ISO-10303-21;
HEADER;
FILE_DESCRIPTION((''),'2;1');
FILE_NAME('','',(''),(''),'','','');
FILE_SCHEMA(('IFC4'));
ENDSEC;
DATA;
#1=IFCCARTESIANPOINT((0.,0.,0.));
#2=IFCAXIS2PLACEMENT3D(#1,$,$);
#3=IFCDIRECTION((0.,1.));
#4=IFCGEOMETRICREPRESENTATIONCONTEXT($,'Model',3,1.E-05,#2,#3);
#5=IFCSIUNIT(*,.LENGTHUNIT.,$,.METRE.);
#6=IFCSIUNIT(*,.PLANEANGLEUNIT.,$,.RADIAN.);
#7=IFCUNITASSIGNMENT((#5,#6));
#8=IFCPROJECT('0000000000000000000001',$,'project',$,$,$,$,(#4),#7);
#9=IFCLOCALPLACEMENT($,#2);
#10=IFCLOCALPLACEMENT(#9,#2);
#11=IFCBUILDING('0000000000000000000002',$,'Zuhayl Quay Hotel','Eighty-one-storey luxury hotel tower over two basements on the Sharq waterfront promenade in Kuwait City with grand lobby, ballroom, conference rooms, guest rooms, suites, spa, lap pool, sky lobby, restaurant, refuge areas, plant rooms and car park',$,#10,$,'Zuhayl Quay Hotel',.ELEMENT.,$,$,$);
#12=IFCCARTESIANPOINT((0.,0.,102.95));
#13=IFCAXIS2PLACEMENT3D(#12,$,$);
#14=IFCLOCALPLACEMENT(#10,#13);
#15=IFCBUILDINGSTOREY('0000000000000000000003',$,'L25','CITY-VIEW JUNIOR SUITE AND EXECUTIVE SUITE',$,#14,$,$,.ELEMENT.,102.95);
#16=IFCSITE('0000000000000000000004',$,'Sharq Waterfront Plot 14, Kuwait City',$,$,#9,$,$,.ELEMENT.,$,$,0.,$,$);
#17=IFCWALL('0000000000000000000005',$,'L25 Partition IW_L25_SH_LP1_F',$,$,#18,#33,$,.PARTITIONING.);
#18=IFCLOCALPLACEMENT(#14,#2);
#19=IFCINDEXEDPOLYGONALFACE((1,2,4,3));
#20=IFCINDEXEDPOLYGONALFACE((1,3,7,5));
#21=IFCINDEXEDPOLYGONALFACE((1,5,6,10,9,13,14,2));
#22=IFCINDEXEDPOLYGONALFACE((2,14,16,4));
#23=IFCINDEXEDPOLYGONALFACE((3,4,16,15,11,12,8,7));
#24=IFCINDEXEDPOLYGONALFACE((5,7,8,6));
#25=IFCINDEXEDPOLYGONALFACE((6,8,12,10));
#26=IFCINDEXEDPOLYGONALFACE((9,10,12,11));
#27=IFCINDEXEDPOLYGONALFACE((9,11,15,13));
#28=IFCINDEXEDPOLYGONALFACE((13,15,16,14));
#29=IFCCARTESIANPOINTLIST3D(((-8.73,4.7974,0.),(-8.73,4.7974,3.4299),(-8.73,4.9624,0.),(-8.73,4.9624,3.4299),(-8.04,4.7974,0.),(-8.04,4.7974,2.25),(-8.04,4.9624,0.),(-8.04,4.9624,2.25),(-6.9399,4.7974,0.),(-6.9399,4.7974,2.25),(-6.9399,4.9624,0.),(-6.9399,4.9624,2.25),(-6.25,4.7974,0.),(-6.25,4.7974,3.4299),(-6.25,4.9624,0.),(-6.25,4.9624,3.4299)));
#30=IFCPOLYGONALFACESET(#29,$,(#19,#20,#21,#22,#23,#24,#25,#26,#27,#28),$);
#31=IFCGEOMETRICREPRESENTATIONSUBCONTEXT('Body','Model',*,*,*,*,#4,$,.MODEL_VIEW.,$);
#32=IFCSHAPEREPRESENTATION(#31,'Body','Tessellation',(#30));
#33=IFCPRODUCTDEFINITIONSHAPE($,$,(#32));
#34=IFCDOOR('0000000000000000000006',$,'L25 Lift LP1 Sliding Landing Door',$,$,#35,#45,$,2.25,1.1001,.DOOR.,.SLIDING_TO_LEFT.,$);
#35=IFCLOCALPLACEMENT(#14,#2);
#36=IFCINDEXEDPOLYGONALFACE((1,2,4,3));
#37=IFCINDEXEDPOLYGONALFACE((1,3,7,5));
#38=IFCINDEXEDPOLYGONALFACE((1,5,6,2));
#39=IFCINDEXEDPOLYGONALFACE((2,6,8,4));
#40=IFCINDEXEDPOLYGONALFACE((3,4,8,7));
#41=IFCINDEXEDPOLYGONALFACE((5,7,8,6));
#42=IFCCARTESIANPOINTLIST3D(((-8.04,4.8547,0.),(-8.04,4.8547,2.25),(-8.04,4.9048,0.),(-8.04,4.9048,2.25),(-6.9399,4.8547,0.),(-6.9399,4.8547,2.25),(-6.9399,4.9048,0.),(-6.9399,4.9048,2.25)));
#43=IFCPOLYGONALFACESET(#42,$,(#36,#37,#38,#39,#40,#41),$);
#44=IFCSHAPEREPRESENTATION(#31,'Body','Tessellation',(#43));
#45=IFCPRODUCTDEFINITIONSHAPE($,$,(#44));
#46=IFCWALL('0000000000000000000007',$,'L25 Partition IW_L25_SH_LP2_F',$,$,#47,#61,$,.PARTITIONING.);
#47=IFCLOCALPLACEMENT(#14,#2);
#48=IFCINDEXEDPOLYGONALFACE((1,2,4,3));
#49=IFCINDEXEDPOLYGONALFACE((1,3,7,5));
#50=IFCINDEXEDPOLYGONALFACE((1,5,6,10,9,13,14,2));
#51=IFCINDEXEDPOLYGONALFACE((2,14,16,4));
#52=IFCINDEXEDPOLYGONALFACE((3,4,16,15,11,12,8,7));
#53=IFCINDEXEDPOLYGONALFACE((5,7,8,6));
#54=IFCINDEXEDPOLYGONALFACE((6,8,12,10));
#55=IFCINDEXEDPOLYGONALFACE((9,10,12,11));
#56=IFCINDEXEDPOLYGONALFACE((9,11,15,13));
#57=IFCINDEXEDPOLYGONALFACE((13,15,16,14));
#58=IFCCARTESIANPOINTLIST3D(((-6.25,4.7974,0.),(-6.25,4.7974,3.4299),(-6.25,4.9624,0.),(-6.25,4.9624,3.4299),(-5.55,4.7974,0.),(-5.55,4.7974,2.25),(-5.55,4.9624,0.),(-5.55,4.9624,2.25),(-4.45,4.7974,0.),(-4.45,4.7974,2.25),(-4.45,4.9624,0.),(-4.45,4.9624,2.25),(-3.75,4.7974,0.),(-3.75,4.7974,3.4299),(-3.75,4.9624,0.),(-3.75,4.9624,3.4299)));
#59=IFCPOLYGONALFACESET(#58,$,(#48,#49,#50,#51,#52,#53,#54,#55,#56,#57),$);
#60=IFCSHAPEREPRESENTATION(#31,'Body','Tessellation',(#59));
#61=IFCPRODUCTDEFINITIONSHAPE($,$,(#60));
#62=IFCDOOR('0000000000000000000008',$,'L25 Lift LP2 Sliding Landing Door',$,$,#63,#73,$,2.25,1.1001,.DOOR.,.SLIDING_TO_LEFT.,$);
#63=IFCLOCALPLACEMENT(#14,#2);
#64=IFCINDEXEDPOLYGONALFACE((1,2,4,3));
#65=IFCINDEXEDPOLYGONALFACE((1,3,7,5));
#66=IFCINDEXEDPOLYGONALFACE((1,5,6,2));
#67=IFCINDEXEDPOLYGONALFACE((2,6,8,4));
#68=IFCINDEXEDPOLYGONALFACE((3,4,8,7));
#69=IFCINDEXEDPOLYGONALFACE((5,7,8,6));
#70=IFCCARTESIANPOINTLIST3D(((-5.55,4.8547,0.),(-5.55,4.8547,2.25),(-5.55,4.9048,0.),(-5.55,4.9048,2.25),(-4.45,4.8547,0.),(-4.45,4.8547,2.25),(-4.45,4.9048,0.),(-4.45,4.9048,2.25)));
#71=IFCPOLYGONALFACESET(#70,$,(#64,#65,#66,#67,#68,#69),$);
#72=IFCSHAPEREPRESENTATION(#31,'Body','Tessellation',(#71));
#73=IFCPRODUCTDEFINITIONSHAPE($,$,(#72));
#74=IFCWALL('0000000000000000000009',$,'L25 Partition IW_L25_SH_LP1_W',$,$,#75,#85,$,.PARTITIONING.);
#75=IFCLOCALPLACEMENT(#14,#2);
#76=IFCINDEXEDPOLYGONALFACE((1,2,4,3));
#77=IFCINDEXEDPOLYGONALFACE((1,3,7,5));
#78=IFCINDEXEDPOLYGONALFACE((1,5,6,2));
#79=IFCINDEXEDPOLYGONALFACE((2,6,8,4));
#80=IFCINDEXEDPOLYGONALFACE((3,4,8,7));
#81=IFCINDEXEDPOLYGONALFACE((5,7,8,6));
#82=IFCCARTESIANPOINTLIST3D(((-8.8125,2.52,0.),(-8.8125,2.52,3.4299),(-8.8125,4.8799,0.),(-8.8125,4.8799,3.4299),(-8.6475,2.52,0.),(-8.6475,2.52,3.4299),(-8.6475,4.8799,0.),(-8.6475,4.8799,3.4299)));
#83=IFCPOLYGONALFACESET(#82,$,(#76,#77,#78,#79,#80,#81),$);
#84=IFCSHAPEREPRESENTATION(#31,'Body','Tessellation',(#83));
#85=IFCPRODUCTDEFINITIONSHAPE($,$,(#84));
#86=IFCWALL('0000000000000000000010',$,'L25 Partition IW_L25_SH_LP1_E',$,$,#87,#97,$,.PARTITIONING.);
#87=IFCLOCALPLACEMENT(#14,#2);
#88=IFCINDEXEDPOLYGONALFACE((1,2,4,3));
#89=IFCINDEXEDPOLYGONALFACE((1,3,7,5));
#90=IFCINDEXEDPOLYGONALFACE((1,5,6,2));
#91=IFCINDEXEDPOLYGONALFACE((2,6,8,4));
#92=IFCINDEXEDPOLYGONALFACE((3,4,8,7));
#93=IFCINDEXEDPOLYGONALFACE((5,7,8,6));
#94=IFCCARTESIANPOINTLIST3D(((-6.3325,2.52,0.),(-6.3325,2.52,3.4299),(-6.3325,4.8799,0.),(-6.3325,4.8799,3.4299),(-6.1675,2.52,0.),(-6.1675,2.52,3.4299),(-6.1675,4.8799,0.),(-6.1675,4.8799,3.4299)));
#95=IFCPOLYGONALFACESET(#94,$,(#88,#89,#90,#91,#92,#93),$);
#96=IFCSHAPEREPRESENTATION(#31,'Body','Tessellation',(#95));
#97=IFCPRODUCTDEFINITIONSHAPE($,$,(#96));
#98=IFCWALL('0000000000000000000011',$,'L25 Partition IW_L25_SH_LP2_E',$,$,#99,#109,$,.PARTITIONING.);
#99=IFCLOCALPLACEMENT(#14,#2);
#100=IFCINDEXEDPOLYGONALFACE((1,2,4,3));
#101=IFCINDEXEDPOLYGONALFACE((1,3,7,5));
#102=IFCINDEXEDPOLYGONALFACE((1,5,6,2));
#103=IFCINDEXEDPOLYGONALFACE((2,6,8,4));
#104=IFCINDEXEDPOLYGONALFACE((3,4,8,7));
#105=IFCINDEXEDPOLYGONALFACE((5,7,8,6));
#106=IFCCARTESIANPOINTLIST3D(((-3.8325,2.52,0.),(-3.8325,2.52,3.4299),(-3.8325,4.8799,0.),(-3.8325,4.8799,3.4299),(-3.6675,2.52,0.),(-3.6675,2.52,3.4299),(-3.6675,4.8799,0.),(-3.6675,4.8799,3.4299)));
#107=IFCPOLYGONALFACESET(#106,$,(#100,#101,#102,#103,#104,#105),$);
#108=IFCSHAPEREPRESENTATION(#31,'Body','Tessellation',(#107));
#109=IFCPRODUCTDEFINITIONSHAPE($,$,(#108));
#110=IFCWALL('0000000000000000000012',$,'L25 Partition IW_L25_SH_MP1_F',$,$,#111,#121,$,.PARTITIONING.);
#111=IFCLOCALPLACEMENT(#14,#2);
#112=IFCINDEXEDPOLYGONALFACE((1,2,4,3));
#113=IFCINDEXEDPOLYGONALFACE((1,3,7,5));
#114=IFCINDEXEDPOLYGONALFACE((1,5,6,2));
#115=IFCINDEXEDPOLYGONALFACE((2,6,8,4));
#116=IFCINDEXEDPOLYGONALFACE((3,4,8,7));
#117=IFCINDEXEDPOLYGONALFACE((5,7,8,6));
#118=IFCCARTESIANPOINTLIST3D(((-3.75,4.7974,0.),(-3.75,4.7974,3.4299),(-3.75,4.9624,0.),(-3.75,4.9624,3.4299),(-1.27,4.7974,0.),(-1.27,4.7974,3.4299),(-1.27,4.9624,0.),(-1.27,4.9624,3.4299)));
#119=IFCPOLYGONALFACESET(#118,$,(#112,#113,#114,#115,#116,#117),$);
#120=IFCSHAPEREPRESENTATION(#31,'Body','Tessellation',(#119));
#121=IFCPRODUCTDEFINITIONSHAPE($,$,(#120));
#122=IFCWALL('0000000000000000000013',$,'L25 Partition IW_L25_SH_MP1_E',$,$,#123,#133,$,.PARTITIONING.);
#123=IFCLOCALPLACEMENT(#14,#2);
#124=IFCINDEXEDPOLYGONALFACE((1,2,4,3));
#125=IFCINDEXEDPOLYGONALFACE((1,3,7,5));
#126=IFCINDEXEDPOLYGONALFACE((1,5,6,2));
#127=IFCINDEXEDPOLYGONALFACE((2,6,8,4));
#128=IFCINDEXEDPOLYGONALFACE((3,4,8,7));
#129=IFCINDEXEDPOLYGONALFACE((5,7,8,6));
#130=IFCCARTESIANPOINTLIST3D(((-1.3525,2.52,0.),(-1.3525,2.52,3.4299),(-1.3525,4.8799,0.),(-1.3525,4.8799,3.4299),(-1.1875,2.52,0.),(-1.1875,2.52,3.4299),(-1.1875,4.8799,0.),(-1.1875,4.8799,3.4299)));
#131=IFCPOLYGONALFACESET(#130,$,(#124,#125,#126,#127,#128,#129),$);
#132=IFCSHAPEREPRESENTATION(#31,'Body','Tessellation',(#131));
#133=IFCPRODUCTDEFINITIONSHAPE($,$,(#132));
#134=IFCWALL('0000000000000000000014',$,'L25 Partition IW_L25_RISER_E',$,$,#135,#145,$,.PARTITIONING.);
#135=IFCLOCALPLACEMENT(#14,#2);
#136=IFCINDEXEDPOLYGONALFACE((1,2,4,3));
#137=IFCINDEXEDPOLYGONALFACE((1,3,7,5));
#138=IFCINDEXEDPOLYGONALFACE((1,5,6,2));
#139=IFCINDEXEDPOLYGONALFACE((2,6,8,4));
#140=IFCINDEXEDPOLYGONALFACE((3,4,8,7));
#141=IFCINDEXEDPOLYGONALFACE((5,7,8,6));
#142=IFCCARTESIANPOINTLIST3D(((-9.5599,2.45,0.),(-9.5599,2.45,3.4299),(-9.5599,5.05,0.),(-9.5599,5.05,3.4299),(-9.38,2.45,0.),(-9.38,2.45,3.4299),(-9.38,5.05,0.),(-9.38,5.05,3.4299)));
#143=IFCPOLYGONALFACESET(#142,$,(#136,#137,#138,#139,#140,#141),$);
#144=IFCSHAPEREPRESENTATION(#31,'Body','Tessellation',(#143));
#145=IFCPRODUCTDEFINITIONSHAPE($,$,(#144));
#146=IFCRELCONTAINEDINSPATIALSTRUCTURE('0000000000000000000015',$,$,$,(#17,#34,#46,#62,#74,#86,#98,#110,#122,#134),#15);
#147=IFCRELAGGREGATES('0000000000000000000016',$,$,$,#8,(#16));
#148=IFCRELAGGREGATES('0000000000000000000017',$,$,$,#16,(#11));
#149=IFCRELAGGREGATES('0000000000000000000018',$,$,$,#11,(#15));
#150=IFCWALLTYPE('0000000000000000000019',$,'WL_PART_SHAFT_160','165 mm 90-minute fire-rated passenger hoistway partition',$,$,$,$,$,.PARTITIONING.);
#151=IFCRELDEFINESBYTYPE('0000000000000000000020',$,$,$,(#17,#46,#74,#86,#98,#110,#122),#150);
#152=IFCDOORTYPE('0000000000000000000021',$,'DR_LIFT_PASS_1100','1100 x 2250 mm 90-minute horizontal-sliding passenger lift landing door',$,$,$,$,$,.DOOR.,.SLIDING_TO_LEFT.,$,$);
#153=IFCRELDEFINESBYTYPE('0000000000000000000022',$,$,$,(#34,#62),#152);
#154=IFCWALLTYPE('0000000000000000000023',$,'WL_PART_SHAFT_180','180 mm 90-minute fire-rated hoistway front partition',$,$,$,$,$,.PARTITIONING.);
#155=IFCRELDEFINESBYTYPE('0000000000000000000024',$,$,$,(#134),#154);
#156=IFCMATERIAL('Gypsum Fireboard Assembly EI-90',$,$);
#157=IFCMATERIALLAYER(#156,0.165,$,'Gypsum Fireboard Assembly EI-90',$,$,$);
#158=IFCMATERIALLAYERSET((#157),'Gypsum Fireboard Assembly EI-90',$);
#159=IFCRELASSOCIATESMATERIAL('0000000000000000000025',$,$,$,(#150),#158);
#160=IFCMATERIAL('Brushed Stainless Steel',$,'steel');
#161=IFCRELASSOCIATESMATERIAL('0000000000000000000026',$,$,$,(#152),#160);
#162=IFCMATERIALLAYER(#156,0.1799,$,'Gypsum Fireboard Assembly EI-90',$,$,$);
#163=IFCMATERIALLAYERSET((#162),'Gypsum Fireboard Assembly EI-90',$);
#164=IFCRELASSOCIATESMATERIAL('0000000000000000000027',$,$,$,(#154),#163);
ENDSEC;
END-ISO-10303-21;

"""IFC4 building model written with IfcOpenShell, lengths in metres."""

from ifc_helpers import new_model, si_unit, direction, frame, frame_2d, origin, place, context, subcontext, project, spatial, rectangle, extrude, material, layer, layer_set, type_object, element, fill, save


model = new_model("IFC4")

# Units and contexts
model_context = context("Model", 3, precision=1e-05, world=origin(), true_north=direction((0.0, 1.0)))
body_context = subcontext(model_context, "Body", "Model", "MODEL_VIEW")
ifc_project = project(units=[si_unit("LENGTHUNIT", "METRE"), si_unit("PLANEANGLEUNIT", "RADIAN")], contexts=[model_context])

# Site, building, storey
site_placement = place(None, origin())
site = spatial("IfcSite", under=ifc_project, at=site_placement, Name="Sharq Waterfront Plot 14, Kuwait City", CompositionType="ELEMENT", RefElevation=0.0)
building_placement = place(site_placement, origin())
building = spatial("IfcBuilding", under=site, at=building_placement, Name="Zuhayl Quay Hotel", Description="Eighty-one-storey luxury hotel tower over two basements on the Sharq waterfront promenade in Kuwait City with grand lobby, ballroom, conference rooms, guest rooms, suites, spa, lap pool, sky lobby, restaurant, refuge areas, plant rooms and car park", LongName="Zuhayl Quay Hotel", CompositionType="ELEMENT")
storey_placement = place(building_placement, frame((0.0, 0.0, 102.95)))
storey = spatial("IfcBuildingStorey", under=building, at=storey_placement, Name="L25", Description="CITY-VIEW JUNIOR SUITE AND EXECUTIVE SUITE", CompositionType="ELEMENT", Elevation=102.95)

# Walls, openings, doors
ifc_material_1 = material(Name="Gypsum Fireboard Assembly EI-90")
ifc_layer_1 = layer(ifc_material_1, 0.165, Name="Gypsum Fireboard Assembly EI-90")
ifc_layer_set_1 = layer_set([ifc_layer_1], Name="Gypsum Fireboard Assembly EI-90")
wall_type_1 = type_object("IfcWallType", Name="WL_PART_SHAFT_160", Description="165 mm 90-minute fire-rated passenger hoistway partition", PredefinedType="PARTITIONING", material=ifc_layer_set_1)
wall_1_placement = place(storey_placement, frame((-8.73, 4.8799, 0.0), z_axis=(0.0, 0.0, 1.0), x_axis=(1.0, 0.0, 0.0)))
wall_1 = element("IfcWall", 1, at=wall_1_placement, inside=storey, type_object=wall_type_1, Name="L25 Partition IW_L25_SH_LP1_F", PredefinedType="PARTITIONING", context=body_context, shape_type="SweptSolid", body=[
    extrude(rectangle(XDim=2.48, YDim=0.165, at=frame_2d((1.24, 0.0))), origin(), (0.0, 0.0, 1.0), 3.4299),
])
opening_1_placement = place(wall_1_placement, frame((0.6899, 0.0, 0.0)))
opening_1 = element("IfcOpeningElement", 2, at=opening_1_placement, cuts=wall_1, PredefinedType="OPENING", context=body_context, shape_type="SweptSolid", body=[
    extrude(rectangle(XDim=1.1001, YDim=2.25, at=frame_2d((0.55, 1.125))), frame((0.0, 0.0925, 0.0), z_axis=(0.0, -1.0, 0.0), x_axis=(1.0, 0.0, 0.0)), (0.0, 0.0, 1.0), 0.1851),
])
ifc_material_2 = material(Name="Brushed Stainless Steel", Category="steel")
door_type_1 = type_object("IfcDoorType", Name="DR_LIFT_PASS_1100", Description="1100 x 2250 mm 90-minute horizontal-sliding passenger lift landing door", OperationType="SLIDING_TO_LEFT", PredefinedType="DOOR", material=ifc_material_2)
door_1_placement = place(opening_1_placement, origin())
door_1 = element("IfcDoor", 3, at=door_1_placement, inside=storey, type_object=door_type_1, Name="L25 Lift LP1 Sliding Landing Door", OperationType="SLIDING_TO_LEFT", OverallHeight=2.25, OverallWidth=1.1001, PredefinedType="DOOR", context=body_context, shape_type="SweptSolid", body=[
    extrude(rectangle(XDim=1.1001, YDim=2.25, at=frame_2d((0.55, 1.125))), frame((0.0, 0.0249, 0.0), z_axis=(0.0, -1.0, 0.0), x_axis=(1.0, 0.0, 0.0)), (0.0, 0.0, 1.0), 0.05),
])
fill(opening_1, door_1)
wall_2_placement = place(storey_placement, frame((-6.25, 4.8799, 0.0), z_axis=(0.0, 0.0, 1.0), x_axis=(1.0, 0.0, 0.0)))
wall_2 = element("IfcWall", 4, at=wall_2_placement, inside=storey, type_object=wall_type_1, Name="L25 Partition IW_L25_SH_LP2_F", PredefinedType="PARTITIONING", context=body_context, shape_type="SweptSolid", body=[
    extrude(rectangle(XDim=2.5, YDim=0.165, at=frame_2d((1.25, 0.0))), origin(), (0.0, 0.0, 1.0), 3.4299),
])
opening_2_placement = place(wall_2_placement, frame((0.7, 0.0, 0.0)))
opening_2 = element("IfcOpeningElement", 5, at=opening_2_placement, cuts=wall_2, PredefinedType="OPENING", context=body_context, shape_type="SweptSolid", body=[
    extrude(rectangle(XDim=1.1001, YDim=2.25, at=frame_2d((0.55, 1.125))), frame((0.0, 0.0925, 0.0), z_axis=(0.0, -1.0, 0.0), x_axis=(1.0, 0.0, 0.0)), (0.0, 0.0, 1.0), 0.1851),
])
door_2_placement = place(opening_2_placement, origin())
door_2 = element("IfcDoor", 6, at=door_2_placement, inside=storey, type_object=door_type_1, Name="L25 Lift LP2 Sliding Landing Door", OperationType="SLIDING_TO_LEFT", OverallHeight=2.25, OverallWidth=1.1001, PredefinedType="DOOR", context=body_context, shape_type="SweptSolid", body=[
    extrude(rectangle(XDim=1.1001, YDim=2.25, at=frame_2d((0.55, 1.125))), frame((0.0, 0.0249, 0.0), z_axis=(0.0, -1.0, 0.0), x_axis=(1.0, 0.0, 0.0)), (0.0, 0.0, 1.0), 0.05),
])
fill(opening_2, door_2)

# Walls
for number, where, z_axis, x_axis, name in (
    (7, (-8.73, 2.52, 0.0), (0.0, 0.0, 1.0), (0.0, 1.0, 0.0), "L25 Partition IW_L25_SH_LP1_W"),
    (8, (-6.25, 2.52, 0.0), (0.0, 0.0, 1.0), (0.0, 1.0, 0.0), "L25 Partition IW_L25_SH_LP1_E"),
    (9, (-3.75, 2.52, 0.0), (0.0, 0.0, 1.0), (0.0, 1.0, 0.0), "L25 Partition IW_L25_SH_LP2_E"),
):
    element("IfcWall", number, at=place(storey_placement, frame(where, z_axis=z_axis, x_axis=x_axis)), inside=storey, type_object=wall_type_1, Name=name, PredefinedType="PARTITIONING", context=body_context, shape_type="SweptSolid", body=[
        extrude(rectangle(XDim=2.3599, YDim=0.165, at=frame_2d((1.1799, 0.0))), origin(), (0.0, 0.0, 1.0), 3.4299),
    ])
wall_3_placement = place(storey_placement, frame((-3.75, 4.8799, 0.0), z_axis=(0.0, 0.0, 1.0), x_axis=(1.0, 0.0, 0.0)))
element("IfcWall", 10, at=wall_3_placement, inside=storey, type_object=wall_type_1, Name="L25 Partition IW_L25_SH_MP1_F", PredefinedType="PARTITIONING", context=body_context, shape_type="SweptSolid", body=[
    extrude(rectangle(XDim=2.48, YDim=0.165, at=frame_2d((1.24, 0.0))), origin(), (0.0, 0.0, 1.0), 3.4299),
])
wall_4_placement = place(storey_placement, frame((-1.27, 2.52, 0.0), z_axis=(0.0, 0.0, 1.0), x_axis=(0.0, 1.0, 0.0)))
element("IfcWall", 11, at=wall_4_placement, inside=storey, type_object=wall_type_1, Name="L25 Partition IW_L25_SH_MP1_E", PredefinedType="PARTITIONING", context=body_context, shape_type="SweptSolid", body=[
    extrude(rectangle(XDim=2.3599, YDim=0.165, at=frame_2d((1.1799, 0.0))), origin(), (0.0, 0.0, 1.0), 3.4299),
])
ifc_layer_2 = layer(ifc_material_1, 0.1799, Name="Gypsum Fireboard Assembly EI-90")
ifc_layer_set_2 = layer_set([ifc_layer_2], Name="Gypsum Fireboard Assembly EI-90")
wall_type_2 = type_object("IfcWallType", Name="WL_PART_SHAFT_180", Description="180 mm 90-minute fire-rated hoistway front partition", PredefinedType="PARTITIONING", material=ifc_layer_set_2)
wall_5_placement = place(storey_placement, frame((-9.47, 2.45, 0.0), z_axis=(0.0, 0.0, 1.0), x_axis=(0.0, 1.0, 0.0)))
element("IfcWall", 12, at=wall_5_placement, inside=storey, type_object=wall_type_2, Name="L25 Partition IW_L25_RISER_E", PredefinedType="PARTITIONING", context=body_context, shape_type="SweptSolid", body=[
    extrude(rectangle(XDim=2.6001, YDim=0.1799, at=frame_2d((1.3, 0.0))), origin(), (0.0, 0.0, 1.0), 3.4299),
])

save(model, "model.ifc")
